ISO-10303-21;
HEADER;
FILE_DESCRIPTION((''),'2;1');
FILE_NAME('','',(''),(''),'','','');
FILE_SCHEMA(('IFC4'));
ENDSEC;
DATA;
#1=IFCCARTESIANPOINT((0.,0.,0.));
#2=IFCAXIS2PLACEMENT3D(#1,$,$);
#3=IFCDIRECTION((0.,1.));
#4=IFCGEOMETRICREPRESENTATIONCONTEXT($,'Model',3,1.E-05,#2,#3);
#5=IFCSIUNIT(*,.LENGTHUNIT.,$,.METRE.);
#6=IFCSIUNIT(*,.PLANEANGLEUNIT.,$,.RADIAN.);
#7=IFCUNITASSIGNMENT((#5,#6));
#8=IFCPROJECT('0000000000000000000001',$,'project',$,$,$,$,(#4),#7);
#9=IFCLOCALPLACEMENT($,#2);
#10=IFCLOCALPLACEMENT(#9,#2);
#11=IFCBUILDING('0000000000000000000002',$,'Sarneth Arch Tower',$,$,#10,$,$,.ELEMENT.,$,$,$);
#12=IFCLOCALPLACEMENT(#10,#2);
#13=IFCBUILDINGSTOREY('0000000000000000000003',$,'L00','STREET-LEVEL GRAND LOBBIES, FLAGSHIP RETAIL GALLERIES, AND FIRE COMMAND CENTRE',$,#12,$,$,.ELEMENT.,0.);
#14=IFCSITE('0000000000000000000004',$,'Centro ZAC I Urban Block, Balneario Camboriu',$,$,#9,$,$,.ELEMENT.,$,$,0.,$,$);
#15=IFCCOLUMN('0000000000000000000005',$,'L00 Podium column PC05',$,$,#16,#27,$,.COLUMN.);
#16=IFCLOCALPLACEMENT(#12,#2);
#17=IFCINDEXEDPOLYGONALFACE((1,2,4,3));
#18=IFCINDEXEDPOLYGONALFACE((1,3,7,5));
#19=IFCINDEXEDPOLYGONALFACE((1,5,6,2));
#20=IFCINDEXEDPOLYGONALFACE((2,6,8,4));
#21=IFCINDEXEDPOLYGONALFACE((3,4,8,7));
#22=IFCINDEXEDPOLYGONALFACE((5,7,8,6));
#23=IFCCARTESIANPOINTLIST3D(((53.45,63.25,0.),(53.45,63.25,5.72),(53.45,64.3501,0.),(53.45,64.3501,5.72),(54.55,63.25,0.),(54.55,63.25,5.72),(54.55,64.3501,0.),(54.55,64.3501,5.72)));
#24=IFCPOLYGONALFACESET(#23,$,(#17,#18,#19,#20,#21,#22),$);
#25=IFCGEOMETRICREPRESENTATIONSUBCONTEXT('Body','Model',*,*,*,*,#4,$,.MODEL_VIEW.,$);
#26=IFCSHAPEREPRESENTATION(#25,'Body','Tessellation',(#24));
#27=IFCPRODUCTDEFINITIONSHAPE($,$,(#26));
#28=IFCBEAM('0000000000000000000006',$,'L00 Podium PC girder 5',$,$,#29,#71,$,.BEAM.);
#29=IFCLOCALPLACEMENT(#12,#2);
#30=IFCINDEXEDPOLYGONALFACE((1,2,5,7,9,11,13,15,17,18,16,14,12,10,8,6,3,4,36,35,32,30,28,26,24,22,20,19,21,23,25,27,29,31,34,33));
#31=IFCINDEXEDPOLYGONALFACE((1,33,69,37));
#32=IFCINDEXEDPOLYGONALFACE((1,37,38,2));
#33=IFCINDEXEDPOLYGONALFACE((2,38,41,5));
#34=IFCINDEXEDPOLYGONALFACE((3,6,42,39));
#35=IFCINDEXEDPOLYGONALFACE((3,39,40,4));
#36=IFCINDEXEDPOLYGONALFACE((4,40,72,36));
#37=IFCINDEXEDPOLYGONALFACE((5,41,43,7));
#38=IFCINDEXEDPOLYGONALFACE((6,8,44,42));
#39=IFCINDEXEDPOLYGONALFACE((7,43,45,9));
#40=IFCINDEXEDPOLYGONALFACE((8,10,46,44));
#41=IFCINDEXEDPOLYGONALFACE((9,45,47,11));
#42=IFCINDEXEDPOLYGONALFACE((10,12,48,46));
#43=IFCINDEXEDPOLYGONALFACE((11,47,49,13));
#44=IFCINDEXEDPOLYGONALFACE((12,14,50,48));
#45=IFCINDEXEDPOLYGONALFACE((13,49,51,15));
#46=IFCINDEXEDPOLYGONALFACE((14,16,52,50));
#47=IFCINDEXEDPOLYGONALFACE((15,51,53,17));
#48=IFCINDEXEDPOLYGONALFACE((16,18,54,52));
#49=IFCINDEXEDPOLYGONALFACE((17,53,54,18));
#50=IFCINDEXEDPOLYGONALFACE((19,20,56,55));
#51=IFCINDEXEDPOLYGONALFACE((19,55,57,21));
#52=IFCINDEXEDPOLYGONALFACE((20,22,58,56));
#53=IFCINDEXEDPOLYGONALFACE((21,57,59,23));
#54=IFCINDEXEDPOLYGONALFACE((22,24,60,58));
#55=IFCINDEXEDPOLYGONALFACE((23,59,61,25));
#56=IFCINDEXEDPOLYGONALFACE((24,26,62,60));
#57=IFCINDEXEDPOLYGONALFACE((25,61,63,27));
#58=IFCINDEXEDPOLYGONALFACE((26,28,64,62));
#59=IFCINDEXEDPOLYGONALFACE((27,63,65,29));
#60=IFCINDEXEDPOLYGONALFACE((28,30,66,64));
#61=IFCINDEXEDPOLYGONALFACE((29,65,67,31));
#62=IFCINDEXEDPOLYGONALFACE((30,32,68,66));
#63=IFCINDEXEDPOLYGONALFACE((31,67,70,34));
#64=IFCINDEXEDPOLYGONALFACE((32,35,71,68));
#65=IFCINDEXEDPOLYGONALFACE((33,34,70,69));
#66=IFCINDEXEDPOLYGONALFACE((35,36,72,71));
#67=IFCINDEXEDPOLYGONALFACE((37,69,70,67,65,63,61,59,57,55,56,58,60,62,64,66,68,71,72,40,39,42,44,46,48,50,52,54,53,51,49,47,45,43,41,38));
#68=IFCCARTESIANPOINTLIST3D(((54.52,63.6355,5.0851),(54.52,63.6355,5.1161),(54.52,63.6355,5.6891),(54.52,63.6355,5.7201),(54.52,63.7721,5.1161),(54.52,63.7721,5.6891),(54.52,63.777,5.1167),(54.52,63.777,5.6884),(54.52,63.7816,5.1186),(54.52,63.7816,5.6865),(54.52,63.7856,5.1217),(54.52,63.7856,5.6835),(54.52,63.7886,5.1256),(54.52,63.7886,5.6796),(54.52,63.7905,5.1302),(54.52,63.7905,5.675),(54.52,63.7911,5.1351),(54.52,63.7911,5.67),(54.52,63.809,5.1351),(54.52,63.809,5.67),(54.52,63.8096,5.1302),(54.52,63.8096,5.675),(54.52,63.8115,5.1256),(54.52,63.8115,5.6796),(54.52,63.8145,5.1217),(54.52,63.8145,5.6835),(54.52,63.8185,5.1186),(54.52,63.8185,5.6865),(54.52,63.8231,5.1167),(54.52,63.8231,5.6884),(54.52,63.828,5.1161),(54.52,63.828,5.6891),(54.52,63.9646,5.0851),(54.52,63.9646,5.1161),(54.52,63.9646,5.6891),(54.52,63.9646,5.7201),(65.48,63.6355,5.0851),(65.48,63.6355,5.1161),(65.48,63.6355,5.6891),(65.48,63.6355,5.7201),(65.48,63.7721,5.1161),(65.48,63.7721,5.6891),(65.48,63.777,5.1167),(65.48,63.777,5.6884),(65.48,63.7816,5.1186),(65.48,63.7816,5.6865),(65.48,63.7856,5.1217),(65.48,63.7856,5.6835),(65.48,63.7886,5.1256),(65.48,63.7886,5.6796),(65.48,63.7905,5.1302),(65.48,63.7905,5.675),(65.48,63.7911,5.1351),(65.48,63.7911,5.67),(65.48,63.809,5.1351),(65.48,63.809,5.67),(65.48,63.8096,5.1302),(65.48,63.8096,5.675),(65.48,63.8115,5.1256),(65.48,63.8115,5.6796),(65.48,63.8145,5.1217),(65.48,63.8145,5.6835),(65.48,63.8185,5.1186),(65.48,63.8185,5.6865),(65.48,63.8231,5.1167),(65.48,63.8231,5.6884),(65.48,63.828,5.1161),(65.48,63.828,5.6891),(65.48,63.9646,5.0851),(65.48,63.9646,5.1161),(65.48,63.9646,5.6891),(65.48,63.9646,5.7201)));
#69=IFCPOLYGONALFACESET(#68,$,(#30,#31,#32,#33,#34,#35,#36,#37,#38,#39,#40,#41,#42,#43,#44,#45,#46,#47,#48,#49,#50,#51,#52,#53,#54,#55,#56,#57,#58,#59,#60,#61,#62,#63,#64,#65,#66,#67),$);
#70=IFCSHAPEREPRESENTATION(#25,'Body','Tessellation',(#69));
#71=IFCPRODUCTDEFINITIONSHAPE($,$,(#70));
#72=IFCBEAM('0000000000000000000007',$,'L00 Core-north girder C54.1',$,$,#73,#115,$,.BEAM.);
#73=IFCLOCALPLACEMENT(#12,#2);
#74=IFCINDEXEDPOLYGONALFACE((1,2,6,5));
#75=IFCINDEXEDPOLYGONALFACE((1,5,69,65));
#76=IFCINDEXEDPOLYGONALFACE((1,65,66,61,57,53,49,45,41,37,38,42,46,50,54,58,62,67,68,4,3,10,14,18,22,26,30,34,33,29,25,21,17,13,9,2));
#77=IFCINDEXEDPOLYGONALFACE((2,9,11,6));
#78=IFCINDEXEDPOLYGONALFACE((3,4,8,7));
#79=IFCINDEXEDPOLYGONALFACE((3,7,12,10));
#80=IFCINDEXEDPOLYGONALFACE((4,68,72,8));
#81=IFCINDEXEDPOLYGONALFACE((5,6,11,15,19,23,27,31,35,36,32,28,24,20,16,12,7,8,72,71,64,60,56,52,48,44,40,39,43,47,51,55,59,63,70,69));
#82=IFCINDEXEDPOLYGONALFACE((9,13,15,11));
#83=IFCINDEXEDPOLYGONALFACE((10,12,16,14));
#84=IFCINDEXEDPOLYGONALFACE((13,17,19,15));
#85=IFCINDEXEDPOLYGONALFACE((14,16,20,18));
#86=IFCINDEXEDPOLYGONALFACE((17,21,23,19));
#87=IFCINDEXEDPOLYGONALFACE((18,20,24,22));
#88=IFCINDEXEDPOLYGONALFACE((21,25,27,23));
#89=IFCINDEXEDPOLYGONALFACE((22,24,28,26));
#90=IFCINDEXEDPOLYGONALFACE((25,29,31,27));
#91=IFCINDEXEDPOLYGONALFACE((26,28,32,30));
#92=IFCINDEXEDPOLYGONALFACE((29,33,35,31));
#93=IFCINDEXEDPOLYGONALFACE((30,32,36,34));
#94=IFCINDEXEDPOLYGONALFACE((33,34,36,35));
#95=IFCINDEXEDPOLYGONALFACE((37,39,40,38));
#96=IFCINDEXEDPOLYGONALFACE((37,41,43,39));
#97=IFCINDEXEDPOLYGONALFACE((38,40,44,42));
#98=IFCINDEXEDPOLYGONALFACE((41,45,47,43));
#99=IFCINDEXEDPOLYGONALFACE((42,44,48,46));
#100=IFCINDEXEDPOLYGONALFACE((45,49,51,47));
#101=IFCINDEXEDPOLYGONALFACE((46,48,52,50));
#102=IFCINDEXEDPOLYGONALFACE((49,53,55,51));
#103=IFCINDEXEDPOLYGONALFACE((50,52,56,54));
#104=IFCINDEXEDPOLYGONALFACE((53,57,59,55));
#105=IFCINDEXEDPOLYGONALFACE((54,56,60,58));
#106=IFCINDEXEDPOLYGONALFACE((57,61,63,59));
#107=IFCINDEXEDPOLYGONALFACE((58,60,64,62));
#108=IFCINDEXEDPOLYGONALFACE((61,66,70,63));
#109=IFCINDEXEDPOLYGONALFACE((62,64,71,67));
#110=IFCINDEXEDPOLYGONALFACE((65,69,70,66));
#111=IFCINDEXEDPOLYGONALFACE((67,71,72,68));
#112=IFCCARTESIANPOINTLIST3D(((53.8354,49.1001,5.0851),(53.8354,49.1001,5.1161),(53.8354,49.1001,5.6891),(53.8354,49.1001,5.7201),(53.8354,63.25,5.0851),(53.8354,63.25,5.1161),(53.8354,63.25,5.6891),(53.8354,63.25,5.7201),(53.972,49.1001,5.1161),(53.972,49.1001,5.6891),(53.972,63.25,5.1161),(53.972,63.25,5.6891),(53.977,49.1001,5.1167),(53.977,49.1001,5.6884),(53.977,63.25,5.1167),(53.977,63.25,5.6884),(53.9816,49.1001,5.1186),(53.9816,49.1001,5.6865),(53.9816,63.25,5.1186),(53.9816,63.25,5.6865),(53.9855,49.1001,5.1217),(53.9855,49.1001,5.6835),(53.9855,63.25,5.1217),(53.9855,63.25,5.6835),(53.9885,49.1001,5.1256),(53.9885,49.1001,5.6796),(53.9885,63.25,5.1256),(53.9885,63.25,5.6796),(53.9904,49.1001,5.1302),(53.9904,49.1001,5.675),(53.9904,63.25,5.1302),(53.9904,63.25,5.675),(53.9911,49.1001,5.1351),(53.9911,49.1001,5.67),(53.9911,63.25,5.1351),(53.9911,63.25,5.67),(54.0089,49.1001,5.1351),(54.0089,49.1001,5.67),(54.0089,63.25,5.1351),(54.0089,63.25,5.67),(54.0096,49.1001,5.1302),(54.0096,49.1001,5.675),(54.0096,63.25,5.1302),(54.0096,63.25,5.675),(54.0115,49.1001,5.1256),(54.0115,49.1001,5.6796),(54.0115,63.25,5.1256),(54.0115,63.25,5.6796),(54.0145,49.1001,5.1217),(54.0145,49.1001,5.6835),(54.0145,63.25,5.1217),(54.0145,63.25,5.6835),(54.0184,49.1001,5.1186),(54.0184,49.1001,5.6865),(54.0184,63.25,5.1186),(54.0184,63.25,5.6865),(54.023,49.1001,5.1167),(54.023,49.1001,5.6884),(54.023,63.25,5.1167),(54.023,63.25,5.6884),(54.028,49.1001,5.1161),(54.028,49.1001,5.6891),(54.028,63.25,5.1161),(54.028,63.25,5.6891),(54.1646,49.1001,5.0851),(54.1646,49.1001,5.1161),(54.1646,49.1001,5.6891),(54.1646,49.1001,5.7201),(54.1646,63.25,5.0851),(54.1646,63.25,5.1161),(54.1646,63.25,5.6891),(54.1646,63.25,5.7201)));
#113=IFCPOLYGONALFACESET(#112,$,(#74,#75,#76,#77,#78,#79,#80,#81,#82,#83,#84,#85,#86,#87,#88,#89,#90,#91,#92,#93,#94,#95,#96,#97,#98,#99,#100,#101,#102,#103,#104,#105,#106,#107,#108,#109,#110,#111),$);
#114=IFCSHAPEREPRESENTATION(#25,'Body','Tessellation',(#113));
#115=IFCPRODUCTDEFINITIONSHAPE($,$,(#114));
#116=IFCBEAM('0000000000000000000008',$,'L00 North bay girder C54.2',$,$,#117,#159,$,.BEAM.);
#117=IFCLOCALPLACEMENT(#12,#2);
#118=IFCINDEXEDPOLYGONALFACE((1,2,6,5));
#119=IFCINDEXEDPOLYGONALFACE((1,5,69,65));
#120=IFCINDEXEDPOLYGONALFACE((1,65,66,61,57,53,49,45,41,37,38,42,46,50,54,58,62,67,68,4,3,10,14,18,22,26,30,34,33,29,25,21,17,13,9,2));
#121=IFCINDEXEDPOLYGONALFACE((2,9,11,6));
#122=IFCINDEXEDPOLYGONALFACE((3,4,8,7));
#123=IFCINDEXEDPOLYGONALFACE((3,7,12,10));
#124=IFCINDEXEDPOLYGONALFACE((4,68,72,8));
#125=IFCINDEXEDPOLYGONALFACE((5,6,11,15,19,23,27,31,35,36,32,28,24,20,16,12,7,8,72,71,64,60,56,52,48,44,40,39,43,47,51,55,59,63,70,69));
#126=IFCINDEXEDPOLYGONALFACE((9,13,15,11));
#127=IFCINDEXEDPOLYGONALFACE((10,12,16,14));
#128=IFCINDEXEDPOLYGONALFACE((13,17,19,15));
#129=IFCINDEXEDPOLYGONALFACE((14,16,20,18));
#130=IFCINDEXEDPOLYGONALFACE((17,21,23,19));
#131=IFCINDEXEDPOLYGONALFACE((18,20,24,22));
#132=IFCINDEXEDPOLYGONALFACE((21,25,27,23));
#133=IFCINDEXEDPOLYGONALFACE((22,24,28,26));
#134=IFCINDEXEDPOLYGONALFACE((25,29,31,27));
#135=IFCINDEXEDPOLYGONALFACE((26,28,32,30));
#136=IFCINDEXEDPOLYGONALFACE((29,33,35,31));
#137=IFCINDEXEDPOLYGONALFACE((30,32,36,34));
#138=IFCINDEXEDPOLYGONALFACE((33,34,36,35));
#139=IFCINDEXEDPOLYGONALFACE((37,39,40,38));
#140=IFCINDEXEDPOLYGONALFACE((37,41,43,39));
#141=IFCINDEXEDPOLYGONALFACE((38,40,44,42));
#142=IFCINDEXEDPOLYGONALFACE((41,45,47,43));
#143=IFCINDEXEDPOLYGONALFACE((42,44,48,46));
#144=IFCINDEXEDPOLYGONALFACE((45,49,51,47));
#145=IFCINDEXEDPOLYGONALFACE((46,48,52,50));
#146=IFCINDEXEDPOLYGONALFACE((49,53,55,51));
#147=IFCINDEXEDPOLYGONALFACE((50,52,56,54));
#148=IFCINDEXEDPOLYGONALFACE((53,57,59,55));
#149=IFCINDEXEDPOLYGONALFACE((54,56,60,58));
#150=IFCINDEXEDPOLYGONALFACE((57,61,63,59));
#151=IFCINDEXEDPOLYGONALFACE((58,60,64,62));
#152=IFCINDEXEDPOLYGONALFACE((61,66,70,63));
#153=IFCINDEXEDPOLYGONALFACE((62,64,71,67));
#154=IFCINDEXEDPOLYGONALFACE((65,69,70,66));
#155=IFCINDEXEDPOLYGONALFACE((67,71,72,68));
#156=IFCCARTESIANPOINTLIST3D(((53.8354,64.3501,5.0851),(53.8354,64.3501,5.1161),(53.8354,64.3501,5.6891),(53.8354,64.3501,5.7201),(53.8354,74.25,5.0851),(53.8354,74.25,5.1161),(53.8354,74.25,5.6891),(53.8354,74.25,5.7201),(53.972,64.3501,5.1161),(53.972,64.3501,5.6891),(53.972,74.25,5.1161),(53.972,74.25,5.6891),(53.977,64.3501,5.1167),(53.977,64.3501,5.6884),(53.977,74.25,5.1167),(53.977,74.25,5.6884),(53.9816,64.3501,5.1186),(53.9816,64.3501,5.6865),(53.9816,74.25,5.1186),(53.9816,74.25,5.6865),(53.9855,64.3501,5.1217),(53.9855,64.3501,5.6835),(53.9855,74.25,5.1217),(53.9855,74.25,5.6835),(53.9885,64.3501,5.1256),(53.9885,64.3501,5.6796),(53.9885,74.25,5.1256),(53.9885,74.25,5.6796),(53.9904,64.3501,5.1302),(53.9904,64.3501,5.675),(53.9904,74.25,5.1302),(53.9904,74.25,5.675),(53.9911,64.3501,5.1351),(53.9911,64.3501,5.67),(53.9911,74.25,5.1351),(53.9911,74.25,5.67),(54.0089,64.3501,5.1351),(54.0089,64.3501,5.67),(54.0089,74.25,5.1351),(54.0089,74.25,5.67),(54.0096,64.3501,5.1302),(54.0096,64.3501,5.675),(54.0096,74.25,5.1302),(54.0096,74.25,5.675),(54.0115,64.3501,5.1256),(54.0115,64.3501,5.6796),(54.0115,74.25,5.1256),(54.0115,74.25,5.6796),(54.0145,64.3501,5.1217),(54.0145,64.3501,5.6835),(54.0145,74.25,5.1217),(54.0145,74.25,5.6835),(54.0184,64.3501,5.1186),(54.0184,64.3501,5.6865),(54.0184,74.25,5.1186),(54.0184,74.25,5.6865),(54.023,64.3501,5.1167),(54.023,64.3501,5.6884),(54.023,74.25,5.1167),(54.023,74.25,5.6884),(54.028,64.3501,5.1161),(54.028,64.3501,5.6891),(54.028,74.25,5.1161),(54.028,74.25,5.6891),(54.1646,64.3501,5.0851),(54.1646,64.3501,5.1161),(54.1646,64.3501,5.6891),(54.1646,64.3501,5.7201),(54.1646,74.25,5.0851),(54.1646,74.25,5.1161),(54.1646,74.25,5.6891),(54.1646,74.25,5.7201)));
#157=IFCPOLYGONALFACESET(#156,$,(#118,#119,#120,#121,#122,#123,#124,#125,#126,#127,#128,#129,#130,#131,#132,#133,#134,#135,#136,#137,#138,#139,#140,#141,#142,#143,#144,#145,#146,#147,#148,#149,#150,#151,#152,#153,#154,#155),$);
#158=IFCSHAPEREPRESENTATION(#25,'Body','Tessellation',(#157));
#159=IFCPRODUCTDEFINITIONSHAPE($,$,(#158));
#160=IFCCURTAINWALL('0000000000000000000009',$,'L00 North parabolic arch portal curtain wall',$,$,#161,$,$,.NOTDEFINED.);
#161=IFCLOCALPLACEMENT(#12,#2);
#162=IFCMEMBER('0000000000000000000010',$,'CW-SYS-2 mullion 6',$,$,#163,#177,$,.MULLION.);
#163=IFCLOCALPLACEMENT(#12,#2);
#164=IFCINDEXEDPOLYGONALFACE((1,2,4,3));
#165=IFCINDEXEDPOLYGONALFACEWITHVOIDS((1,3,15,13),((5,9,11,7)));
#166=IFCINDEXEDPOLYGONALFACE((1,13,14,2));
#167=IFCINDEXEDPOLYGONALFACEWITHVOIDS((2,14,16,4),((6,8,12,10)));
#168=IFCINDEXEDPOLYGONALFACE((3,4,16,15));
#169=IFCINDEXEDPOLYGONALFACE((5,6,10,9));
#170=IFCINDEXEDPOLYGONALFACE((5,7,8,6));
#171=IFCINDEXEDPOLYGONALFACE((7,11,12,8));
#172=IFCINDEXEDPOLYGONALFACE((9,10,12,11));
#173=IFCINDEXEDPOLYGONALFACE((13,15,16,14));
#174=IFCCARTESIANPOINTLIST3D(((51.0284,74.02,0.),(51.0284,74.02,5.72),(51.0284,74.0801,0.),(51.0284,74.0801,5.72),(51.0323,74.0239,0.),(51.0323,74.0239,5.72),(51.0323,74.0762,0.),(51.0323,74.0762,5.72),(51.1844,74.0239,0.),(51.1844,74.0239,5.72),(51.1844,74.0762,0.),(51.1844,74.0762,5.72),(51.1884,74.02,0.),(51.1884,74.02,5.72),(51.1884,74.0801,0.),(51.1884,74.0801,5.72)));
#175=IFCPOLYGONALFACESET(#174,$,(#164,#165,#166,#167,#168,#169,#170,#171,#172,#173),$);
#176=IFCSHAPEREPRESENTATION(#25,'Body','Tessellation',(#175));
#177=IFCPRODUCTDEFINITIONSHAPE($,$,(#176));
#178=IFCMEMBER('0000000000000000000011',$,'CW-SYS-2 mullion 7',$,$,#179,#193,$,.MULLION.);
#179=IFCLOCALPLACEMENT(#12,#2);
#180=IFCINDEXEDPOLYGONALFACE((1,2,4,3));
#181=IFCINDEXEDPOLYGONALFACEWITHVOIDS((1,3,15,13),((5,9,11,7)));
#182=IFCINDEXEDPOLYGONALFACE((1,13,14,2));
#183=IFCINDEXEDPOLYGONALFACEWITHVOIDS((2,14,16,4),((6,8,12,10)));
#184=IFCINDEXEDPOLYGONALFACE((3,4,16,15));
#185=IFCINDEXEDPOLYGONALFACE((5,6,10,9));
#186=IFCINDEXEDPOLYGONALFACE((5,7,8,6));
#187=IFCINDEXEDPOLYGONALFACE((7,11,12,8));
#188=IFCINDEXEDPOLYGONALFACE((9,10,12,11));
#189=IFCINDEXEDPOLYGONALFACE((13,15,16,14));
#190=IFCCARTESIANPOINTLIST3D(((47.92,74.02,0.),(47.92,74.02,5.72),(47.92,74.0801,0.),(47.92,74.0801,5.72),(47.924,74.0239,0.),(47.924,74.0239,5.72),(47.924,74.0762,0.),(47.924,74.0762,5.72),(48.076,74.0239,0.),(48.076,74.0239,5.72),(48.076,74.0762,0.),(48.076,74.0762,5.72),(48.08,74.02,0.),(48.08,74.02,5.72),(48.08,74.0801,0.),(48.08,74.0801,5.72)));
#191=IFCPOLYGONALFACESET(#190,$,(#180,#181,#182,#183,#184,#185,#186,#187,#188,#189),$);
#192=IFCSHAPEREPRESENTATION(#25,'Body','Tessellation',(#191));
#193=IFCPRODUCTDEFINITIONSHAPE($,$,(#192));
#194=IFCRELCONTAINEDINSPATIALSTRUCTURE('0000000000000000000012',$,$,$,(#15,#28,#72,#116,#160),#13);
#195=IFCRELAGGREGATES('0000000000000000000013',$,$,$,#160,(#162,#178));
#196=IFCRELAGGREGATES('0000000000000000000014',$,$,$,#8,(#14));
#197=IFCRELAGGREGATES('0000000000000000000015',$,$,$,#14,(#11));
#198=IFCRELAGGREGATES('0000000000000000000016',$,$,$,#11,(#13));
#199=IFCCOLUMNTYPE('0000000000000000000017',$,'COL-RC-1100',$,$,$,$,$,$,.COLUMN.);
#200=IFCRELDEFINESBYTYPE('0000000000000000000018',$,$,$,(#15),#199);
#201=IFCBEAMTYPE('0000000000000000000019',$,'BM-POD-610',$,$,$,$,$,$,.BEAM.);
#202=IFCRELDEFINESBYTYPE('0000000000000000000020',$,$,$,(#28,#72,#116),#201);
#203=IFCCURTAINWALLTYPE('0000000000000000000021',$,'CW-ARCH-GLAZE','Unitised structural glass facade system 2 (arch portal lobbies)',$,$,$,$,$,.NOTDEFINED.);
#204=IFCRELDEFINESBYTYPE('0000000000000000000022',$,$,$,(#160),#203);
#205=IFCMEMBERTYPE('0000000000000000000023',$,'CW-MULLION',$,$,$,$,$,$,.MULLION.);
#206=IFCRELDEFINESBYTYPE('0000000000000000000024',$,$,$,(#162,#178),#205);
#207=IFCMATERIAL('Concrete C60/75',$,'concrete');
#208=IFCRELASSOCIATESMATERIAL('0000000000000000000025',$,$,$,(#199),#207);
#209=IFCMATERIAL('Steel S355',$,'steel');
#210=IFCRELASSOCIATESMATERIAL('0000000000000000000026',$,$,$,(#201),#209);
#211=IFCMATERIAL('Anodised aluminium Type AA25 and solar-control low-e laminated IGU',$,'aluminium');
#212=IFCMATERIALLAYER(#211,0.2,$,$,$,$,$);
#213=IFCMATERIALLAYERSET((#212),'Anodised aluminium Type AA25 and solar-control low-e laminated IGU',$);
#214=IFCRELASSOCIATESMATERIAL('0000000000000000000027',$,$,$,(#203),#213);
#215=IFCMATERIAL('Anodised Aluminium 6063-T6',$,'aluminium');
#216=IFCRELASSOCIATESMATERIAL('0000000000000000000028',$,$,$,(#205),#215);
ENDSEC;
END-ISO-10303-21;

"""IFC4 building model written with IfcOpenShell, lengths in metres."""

from ifc_helpers import new_model, si_unit, direction, frame, origin, origin_2d, place, context, subcontext, project, spatial, rectangle, hollow_rectangle, i_section, extrude, material, layer, layer_set, material_profile, profile_set, type_object, element, aggregate, save


model = new_model("IFC4")

# Units and contexts
model_context = context("Model", 3, precision=1e-05, world=origin(), true_north=direction((0.0, 1.0)))
body_context = subcontext(model_context, "Body", "Model", "MODEL_VIEW")
ifc_project = project(units=[si_unit("LENGTHUNIT", "METRE"), si_unit("PLANEANGLEUNIT", "RADIAN")], contexts=[model_context])

# Site, building, storey
site_placement = place(None, origin())
site = spatial("IfcSite", under=ifc_project, at=site_placement, Name="Centro ZAC I Urban Block, Balneario Camboriu", CompositionType="ELEMENT", RefElevation=0.0)
building_placement = place(site_placement, origin())
building = spatial("IfcBuilding", under=site, at=building_placement, Name="Sarneth Arch Tower", CompositionType="ELEMENT")
storey_placement = place(building_placement, origin())
storey = spatial("IfcBuildingStorey", under=building, at=storey_placement, Name="L00", Description="STREET-LEVEL GRAND LOBBIES, FLAGSHIP RETAIL GALLERIES, AND FIRE COMMAND CENTRE", CompositionType="ELEMENT", Elevation=0.0)

# Column
ifc_material_1 = material(Name="Concrete C60/75", Category="concrete")
ifc_material_profile_1 = material_profile(ifc_material_1, rectangle(XDim=1.1001, YDim=1.1001, at=origin_2d()), Name="RC-1100x1100")
ifc_profile_set_1 = profile_set([ifc_material_profile_1], Name="Concrete C60/75")
column_type = type_object("IfcColumnType", Name="COL-RC-1100", PredefinedType="COLUMN", material=ifc_profile_set_1)
column_placement = place(storey_placement, frame((54.0, 63.8, 0.0), z_axis=(0.0, 0.0, 1.0), x_axis=(1.0, 0.0, 0.0)))
element("IfcColumn", 1, at=column_placement, inside=storey, type_object=column_type, Name="L00 Podium column PC05", PredefinedType="COLUMN", context=body_context, shape_type="SweptSolid", body=[
    extrude(rectangle(XDim=1.1001, YDim=1.1001, at=origin_2d()), origin(), (0.0, 0.0, 1.0), 5.72),
])

# Beams
ifc_material_2 = material(Name="Steel S355", Category="steel")
ifc_material_profile_2 = material_profile(ifc_material_2, i_section(OverallWidth=0.3291, OverallDepth=0.635, WebThickness=0.0178, FlangeThickness=0.031, FilletRadius=0.019, at=origin_2d()), Name="W610x241")
ifc_profile_set_2 = profile_set([ifc_material_profile_2], Name="Steel S355")
beam_type = type_object("IfcBeamType", Name="BM-POD-610", PredefinedType="BEAM", material=ifc_profile_set_2)
beam_1_placement = place(storey_placement, frame((54.52, 63.8, 5.4026), z_axis=(1.0, 0.0, 0.0), x_axis=(0.0, 1.0, 0.0)))
element("IfcBeam", 2, at=beam_1_placement, inside=storey, type_object=beam_type, Name="L00 Podium PC girder 5", PredefinedType="BEAM", context=body_context, shape_type="SweptSolid", body=[
    extrude(i_section(OverallWidth=0.3291, OverallDepth=0.635, WebThickness=0.0178, FlangeThickness=0.031, FilletRadius=0.019, at=origin_2d()), origin(), (0.0, 0.0, 1.0), 10.96),
])
beam_2_placement = place(storey_placement, frame((54.0, 49.1001, 5.4026), z_axis=(0.0, 1.0, 0.0), x_axis=(-1.0, 0.0, 0.0)))
element("IfcBeam", 3, at=beam_2_placement, inside=storey, type_object=beam_type, Name="L00 Core-north girder C54.1", PredefinedType="BEAM", context=body_context, shape_type="SweptSolid", body=[
    extrude(i_section(OverallWidth=0.3291, OverallDepth=0.635, WebThickness=0.0178, FlangeThickness=0.031, FilletRadius=0.019, at=origin_2d()), origin(), (0.0, 0.0, 1.0), 14.1499),
])
beam_3_placement = place(storey_placement, frame((54.0, 64.3501, 5.4026), z_axis=(0.0, 1.0, 0.0), x_axis=(-1.0, 0.0, 0.0)))
element("IfcBeam", 4, at=beam_3_placement, inside=storey, type_object=beam_type, Name="L00 North bay girder C54.2", PredefinedType="BEAM", context=body_context, shape_type="SweptSolid", body=[
    extrude(i_section(OverallWidth=0.3291, OverallDepth=0.635, WebThickness=0.0178, FlangeThickness=0.031, FilletRadius=0.019, at=origin_2d()), origin(), (0.0, 0.0, 1.0), 9.8999),
])

# Curtain wall, members
ifc_material_3 = material(Name="Anodised aluminium Type AA25 and solar-control low-e laminated IGU", Category="aluminium")
ifc_layer_1 = layer(ifc_material_3, 0.2)
ifc_layer_set_1 = layer_set([ifc_layer_1], Name="Anodised aluminium Type AA25 and solar-control low-e laminated IGU")
curtain_wall_type = type_object("IfcCurtainWallType", Name="CW-ARCH-GLAZE", Description="Unitised structural glass facade system 2 (arch portal lobbies)", PredefinedType="NOTDEFINED", material=ifc_layer_set_1)
curtain_wall_placement = place(storey_placement, origin())
curtain_wall = element("IfcCurtainWall", 5, at=curtain_wall_placement, inside=storey, type_object=curtain_wall_type, Name="L00 North parabolic arch portal curtain wall", PredefinedType="NOTDEFINED")
ifc_material_4 = material(Name="Anodised Aluminium 6063-T6", Category="aluminium")
ifc_material_profile_3 = material_profile(ifc_material_4, hollow_rectangle(XDim=0.0601, YDim=0.1599, WallThickness=0.0039, at=origin_2d()), Name="AL-MULL-160x60x4")
ifc_profile_set_3 = profile_set([ifc_material_profile_3], Name="Anodised Aluminium 6063-T6")
member_type_1 = type_object("IfcMemberType", Name="CW-MULLION", PredefinedType="MULLION", material=ifc_profile_set_3)
member_1_placement = place(storey_placement, frame((51.1084, 74.05, 0.0), z_axis=(0.0, 0.0, 1.0), x_axis=(0.0, -1.0, 0.0)))
member_1 = element("IfcMember", 6, at=member_1_placement, type_object=member_type_1, Name="CW-SYS-2 mullion 6", PredefinedType="MULLION", context=body_context, shape_type="SweptSolid", body=[
    extrude(hollow_rectangle(XDim=0.0601, YDim=0.1599, WallThickness=0.0039, at=origin_2d()), origin(), (0.0, 0.0, 1.0), 5.72),
])
member_2_placement = place(storey_placement, frame((48.0, 74.05, 0.0), z_axis=(0.0, 0.0, 1.0), x_axis=(0.0, -1.0, 0.0)))
member_2 = element("IfcMember", 7, at=member_2_placement, type_object=member_type_1, Name="CW-SYS-2 mullion 7", PredefinedType="MULLION", context=body_context, shape_type="SweptSolid", body=[
    extrude(hollow_rectangle(XDim=0.0601, YDim=0.1599, WallThickness=0.0039, at=origin_2d()), origin(), (0.0, 0.0, 1.0), 5.72),
])
aggregate(curtain_wall, [member_1, member_2])

save(model, "model.ifc")
